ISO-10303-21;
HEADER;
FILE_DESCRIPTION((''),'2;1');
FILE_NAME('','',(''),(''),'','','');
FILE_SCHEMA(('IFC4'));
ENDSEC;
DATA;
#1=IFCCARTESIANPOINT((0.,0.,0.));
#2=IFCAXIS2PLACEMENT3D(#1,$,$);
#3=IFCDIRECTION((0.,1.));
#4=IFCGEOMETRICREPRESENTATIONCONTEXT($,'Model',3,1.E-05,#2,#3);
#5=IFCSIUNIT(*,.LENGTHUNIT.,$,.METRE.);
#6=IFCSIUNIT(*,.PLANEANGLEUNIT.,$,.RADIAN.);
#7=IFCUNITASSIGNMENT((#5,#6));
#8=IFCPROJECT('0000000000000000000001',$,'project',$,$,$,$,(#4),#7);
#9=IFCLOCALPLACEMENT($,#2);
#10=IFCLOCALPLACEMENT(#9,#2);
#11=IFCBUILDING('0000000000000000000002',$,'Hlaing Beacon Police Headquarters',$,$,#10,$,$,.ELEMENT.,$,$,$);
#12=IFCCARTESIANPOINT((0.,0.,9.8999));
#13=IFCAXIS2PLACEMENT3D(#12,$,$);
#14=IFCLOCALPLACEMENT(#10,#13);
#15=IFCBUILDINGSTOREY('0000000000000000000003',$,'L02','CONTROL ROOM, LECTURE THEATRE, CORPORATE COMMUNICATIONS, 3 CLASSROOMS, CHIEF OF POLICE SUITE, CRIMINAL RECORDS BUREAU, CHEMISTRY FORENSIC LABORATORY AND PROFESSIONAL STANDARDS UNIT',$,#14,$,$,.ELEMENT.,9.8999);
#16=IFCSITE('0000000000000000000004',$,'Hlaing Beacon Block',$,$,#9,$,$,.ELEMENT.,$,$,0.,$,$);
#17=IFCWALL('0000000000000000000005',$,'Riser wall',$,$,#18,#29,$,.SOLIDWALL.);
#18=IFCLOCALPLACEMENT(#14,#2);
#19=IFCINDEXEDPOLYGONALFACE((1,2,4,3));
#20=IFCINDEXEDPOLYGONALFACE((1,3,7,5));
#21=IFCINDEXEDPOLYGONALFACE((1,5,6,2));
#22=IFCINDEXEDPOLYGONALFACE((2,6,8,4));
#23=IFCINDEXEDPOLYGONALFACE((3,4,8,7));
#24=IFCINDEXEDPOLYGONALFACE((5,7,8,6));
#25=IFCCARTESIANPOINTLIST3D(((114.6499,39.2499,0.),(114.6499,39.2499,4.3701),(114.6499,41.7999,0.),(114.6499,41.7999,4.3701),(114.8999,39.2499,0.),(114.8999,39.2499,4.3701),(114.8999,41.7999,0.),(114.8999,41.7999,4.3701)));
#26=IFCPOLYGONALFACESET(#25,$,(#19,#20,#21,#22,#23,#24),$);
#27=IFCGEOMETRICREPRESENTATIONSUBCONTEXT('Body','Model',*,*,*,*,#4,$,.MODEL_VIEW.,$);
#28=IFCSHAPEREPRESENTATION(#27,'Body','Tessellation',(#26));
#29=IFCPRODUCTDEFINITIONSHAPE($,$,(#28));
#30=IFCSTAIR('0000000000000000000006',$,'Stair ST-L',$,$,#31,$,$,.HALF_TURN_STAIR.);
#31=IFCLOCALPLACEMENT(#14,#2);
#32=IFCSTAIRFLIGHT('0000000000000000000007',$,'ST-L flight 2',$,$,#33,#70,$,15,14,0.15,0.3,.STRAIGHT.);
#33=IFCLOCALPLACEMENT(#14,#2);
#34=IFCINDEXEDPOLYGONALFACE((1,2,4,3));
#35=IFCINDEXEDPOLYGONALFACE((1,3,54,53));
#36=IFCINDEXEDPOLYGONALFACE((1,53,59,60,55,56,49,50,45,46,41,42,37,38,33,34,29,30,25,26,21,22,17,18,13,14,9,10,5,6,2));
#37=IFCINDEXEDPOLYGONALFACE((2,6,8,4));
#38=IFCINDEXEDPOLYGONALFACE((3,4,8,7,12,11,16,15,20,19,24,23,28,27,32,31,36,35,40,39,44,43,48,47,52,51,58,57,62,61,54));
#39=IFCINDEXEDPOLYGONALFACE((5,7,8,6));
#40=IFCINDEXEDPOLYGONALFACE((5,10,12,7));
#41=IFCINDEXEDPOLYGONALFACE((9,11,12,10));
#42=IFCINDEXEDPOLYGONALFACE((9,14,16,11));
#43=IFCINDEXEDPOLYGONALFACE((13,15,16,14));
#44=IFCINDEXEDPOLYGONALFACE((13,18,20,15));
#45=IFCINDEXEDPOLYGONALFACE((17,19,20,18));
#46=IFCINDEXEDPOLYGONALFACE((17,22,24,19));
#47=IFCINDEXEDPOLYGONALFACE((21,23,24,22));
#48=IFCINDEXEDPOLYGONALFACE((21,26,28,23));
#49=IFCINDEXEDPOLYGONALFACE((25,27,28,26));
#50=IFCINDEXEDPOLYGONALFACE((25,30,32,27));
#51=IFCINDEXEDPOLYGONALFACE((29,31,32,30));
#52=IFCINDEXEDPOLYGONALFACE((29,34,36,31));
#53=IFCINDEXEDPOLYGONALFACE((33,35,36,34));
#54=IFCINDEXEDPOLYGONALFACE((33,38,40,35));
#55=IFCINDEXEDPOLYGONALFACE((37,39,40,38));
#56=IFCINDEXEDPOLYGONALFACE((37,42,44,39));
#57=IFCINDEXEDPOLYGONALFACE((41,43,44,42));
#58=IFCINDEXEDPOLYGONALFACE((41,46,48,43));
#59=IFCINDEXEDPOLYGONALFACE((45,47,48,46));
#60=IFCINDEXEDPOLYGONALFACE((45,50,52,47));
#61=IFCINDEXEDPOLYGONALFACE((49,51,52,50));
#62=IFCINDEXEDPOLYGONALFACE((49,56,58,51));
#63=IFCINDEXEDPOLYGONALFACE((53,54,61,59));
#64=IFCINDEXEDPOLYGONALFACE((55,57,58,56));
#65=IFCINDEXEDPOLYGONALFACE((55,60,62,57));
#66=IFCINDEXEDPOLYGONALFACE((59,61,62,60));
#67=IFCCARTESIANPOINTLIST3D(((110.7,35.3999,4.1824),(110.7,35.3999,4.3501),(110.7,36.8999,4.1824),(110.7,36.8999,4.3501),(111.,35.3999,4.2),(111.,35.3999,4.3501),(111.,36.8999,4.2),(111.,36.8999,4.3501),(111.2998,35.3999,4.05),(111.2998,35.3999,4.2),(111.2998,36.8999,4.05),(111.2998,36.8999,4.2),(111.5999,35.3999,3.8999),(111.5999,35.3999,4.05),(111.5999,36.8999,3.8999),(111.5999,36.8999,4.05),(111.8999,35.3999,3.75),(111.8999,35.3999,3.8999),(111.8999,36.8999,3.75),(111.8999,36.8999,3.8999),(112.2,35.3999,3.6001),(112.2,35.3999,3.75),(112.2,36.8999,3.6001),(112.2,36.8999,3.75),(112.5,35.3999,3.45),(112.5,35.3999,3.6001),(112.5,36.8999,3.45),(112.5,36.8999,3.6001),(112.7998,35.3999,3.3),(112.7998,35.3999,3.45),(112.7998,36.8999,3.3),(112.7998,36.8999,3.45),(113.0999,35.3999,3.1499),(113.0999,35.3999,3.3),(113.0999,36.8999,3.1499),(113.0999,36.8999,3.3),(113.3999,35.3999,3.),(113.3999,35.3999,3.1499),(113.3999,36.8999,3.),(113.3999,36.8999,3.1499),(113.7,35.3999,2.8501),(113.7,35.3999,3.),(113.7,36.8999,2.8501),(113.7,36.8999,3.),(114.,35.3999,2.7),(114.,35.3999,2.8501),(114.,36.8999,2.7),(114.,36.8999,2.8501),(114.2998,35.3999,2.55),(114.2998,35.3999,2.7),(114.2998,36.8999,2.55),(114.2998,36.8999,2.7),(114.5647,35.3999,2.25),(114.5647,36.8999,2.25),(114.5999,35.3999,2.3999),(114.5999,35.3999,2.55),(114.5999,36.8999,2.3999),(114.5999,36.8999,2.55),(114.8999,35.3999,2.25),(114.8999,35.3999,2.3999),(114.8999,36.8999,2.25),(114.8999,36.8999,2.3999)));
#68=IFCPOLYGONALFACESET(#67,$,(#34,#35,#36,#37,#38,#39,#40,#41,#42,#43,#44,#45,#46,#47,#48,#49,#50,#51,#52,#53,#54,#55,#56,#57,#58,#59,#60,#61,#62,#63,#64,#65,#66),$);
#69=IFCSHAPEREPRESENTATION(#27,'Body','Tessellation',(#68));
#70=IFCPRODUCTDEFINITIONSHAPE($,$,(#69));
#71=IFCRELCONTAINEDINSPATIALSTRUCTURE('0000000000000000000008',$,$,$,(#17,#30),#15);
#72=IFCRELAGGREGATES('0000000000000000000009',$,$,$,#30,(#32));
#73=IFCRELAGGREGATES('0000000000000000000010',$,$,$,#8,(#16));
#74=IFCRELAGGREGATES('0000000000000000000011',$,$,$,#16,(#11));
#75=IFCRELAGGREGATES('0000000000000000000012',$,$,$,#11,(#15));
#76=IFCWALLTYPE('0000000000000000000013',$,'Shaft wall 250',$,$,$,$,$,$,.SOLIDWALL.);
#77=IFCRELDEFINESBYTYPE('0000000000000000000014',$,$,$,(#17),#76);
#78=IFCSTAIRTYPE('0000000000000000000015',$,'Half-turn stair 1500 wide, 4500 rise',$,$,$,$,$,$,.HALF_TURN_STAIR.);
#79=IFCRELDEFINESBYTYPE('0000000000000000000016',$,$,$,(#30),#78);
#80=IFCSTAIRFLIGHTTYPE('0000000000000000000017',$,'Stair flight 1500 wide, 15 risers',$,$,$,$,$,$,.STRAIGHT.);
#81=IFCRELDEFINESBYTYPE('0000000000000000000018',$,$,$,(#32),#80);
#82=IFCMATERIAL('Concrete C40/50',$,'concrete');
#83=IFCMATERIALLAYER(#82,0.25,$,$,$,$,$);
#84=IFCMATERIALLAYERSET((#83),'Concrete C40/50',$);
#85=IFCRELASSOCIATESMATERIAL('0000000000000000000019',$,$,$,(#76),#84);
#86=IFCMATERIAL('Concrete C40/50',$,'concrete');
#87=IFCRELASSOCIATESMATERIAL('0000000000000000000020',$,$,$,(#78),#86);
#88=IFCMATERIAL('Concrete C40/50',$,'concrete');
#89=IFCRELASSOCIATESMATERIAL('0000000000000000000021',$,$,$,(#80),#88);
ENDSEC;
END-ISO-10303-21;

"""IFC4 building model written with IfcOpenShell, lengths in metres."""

from ifc_helpers import new_model, si_unit, direction, frame, frame_2d, origin, place, context, subcontext, project, spatial, polyline, rectangle, outline, extrude, material, layer, layer_set, type_object, element, aggregate, save


model = new_model("IFC4")

# Units and contexts
model_context = context("Model", 3, precision=1e-05, world=origin(), true_north=direction((0.0, 1.0)))
body_context = subcontext(model_context, "Body", "Model", "MODEL_VIEW")
ifc_project = project(units=[si_unit("LENGTHUNIT", "METRE"), si_unit("PLANEANGLEUNIT", "RADIAN")], contexts=[model_context])

# Site, building, storey
site_placement = place(None, origin())
site = spatial("IfcSite", under=ifc_project, at=site_placement, Name="Hlaing Beacon Block", CompositionType="ELEMENT", RefElevation=0.0)
building_placement = place(site_placement, origin())
building = spatial("IfcBuilding", under=site, at=building_placement, Name="Hlaing Beacon Police Headquarters", CompositionType="ELEMENT")
storey_placement = place(building_placement, frame((0.0, 0.0, 9.8999)))
storey = spatial("IfcBuildingStorey", under=building, at=storey_placement, Name="L02", Description="CONTROL ROOM, LECTURE THEATRE, CORPORATE COMMUNICATIONS, 3 CLASSROOMS, CHIEF OF POLICE SUITE, CRIMINAL RECORDS BUREAU, CHEMISTRY FORENSIC LABORATORY AND PROFESSIONAL STANDARDS UNIT", CompositionType="ELEMENT", Elevation=9.8999)

# Shared definitions
ifc_material_1 = material(Name="Concrete C40/50", Category="concrete")
ifc_layer_1 = layer(ifc_material_1, 0.25)
ifc_layer_set_1 = layer_set([ifc_layer_1], Name="Concrete C40/50")
wall_type_1 = type_object("IfcWallType", Name="Shaft wall 250", PredefinedType="SOLIDWALL", material=ifc_layer_set_1)

# Wall
wall_1_placement = place(storey_placement, frame((114.7749, 39.25, 0.0), z_axis=(0.0, 0.0, 1.0), x_axis=(0.0, 1.0, 0.0)))
element("IfcWall", 1, at=wall_1_placement, inside=storey, type_object=wall_type_1, Name="Riser wall", PredefinedType="SOLIDWALL", context=body_context, shape_type="SweptSolid", body=[
    extrude(rectangle(XDim=2.55, YDim=0.25, at=frame_2d((1.2749, 0.0))), origin(), (0.0, 0.0, 1.0), 4.3701),
])

# Stair, stair flight
ifc_material_2 = material(Name="Concrete C40/50", Category="concrete")
stair_type = type_object("IfcStairType", Name="Half-turn stair 1500 wide, 4500 rise", PredefinedType="HALF_TURN_STAIR", material=ifc_material_2)
stair_placement = place(storey_placement, origin())
stair = element("IfcStair", 2, at=stair_placement, inside=storey, type_object=stair_type, Name="Stair ST-L", PredefinedType="HALF_TURN_STAIR")
ifc_material_3 = material(Name="Concrete C40/50", Category="concrete")
stair_flight_type = type_object("IfcStairFlightType", Name="Stair flight 1500 wide, 15 risers", PredefinedType="STRAIGHT", material=ifc_material_3)
stair_flight_placement = place(storey_placement, frame((114.8999, 36.1499, 2.25), z_axis=(0.0, 0.0, 1.0), x_axis=(-1.0, 0.0, 0.0)))
stair_flight = element("IfcStairFlight", 3, at=stair_flight_placement, type_object=stair_flight_type, Name="ST-L flight 2", NumberOfRisers=15, NumberOfTreads=14, PredefinedType="STRAIGHT", RiserHeight=0.15, TreadLength=0.3, context=body_context, shape_type="SweptSolid", body=[
    extrude(outline(polyline([(0.0, 0.0), (0.0, 0.1499), (0.3, 0.1499), (0.3, 0.3), (0.6001, 0.3), (0.6001, 0.45), (0.8999, 0.45), (0.8999, 0.6001), (1.2, 0.6001), (1.2, 0.75), (1.5, 0.75), (1.5, 0.8999), (1.8, 0.8999), (1.8, 1.05), (2.1001, 1.05), (2.1001, 1.2), (2.3999, 1.2), (2.3999, 1.3501), (2.7, 1.3501), (2.7, 1.5), (3.0, 1.5), (3.0, 1.6499), (3.3, 1.6499), (3.3, 1.8), (3.6001, 1.8), (3.6001, 1.95), (3.8999, 1.95), (3.8999, 2.1001), (4.2, 2.1001), (4.2, 2.25), (4.2, 1.9324), (0.3352, 0.0), (0.0, 0.0)])), frame((0.0, 0.75, 0.0), z_axis=(0.0, -1.0, 0.0), x_axis=(1.0, 0.0, 0.0)), (0.0, 0.0, 1.0), 1.5),
])
aggregate(stair, [stair_flight])

save(model, "model.ifc")
